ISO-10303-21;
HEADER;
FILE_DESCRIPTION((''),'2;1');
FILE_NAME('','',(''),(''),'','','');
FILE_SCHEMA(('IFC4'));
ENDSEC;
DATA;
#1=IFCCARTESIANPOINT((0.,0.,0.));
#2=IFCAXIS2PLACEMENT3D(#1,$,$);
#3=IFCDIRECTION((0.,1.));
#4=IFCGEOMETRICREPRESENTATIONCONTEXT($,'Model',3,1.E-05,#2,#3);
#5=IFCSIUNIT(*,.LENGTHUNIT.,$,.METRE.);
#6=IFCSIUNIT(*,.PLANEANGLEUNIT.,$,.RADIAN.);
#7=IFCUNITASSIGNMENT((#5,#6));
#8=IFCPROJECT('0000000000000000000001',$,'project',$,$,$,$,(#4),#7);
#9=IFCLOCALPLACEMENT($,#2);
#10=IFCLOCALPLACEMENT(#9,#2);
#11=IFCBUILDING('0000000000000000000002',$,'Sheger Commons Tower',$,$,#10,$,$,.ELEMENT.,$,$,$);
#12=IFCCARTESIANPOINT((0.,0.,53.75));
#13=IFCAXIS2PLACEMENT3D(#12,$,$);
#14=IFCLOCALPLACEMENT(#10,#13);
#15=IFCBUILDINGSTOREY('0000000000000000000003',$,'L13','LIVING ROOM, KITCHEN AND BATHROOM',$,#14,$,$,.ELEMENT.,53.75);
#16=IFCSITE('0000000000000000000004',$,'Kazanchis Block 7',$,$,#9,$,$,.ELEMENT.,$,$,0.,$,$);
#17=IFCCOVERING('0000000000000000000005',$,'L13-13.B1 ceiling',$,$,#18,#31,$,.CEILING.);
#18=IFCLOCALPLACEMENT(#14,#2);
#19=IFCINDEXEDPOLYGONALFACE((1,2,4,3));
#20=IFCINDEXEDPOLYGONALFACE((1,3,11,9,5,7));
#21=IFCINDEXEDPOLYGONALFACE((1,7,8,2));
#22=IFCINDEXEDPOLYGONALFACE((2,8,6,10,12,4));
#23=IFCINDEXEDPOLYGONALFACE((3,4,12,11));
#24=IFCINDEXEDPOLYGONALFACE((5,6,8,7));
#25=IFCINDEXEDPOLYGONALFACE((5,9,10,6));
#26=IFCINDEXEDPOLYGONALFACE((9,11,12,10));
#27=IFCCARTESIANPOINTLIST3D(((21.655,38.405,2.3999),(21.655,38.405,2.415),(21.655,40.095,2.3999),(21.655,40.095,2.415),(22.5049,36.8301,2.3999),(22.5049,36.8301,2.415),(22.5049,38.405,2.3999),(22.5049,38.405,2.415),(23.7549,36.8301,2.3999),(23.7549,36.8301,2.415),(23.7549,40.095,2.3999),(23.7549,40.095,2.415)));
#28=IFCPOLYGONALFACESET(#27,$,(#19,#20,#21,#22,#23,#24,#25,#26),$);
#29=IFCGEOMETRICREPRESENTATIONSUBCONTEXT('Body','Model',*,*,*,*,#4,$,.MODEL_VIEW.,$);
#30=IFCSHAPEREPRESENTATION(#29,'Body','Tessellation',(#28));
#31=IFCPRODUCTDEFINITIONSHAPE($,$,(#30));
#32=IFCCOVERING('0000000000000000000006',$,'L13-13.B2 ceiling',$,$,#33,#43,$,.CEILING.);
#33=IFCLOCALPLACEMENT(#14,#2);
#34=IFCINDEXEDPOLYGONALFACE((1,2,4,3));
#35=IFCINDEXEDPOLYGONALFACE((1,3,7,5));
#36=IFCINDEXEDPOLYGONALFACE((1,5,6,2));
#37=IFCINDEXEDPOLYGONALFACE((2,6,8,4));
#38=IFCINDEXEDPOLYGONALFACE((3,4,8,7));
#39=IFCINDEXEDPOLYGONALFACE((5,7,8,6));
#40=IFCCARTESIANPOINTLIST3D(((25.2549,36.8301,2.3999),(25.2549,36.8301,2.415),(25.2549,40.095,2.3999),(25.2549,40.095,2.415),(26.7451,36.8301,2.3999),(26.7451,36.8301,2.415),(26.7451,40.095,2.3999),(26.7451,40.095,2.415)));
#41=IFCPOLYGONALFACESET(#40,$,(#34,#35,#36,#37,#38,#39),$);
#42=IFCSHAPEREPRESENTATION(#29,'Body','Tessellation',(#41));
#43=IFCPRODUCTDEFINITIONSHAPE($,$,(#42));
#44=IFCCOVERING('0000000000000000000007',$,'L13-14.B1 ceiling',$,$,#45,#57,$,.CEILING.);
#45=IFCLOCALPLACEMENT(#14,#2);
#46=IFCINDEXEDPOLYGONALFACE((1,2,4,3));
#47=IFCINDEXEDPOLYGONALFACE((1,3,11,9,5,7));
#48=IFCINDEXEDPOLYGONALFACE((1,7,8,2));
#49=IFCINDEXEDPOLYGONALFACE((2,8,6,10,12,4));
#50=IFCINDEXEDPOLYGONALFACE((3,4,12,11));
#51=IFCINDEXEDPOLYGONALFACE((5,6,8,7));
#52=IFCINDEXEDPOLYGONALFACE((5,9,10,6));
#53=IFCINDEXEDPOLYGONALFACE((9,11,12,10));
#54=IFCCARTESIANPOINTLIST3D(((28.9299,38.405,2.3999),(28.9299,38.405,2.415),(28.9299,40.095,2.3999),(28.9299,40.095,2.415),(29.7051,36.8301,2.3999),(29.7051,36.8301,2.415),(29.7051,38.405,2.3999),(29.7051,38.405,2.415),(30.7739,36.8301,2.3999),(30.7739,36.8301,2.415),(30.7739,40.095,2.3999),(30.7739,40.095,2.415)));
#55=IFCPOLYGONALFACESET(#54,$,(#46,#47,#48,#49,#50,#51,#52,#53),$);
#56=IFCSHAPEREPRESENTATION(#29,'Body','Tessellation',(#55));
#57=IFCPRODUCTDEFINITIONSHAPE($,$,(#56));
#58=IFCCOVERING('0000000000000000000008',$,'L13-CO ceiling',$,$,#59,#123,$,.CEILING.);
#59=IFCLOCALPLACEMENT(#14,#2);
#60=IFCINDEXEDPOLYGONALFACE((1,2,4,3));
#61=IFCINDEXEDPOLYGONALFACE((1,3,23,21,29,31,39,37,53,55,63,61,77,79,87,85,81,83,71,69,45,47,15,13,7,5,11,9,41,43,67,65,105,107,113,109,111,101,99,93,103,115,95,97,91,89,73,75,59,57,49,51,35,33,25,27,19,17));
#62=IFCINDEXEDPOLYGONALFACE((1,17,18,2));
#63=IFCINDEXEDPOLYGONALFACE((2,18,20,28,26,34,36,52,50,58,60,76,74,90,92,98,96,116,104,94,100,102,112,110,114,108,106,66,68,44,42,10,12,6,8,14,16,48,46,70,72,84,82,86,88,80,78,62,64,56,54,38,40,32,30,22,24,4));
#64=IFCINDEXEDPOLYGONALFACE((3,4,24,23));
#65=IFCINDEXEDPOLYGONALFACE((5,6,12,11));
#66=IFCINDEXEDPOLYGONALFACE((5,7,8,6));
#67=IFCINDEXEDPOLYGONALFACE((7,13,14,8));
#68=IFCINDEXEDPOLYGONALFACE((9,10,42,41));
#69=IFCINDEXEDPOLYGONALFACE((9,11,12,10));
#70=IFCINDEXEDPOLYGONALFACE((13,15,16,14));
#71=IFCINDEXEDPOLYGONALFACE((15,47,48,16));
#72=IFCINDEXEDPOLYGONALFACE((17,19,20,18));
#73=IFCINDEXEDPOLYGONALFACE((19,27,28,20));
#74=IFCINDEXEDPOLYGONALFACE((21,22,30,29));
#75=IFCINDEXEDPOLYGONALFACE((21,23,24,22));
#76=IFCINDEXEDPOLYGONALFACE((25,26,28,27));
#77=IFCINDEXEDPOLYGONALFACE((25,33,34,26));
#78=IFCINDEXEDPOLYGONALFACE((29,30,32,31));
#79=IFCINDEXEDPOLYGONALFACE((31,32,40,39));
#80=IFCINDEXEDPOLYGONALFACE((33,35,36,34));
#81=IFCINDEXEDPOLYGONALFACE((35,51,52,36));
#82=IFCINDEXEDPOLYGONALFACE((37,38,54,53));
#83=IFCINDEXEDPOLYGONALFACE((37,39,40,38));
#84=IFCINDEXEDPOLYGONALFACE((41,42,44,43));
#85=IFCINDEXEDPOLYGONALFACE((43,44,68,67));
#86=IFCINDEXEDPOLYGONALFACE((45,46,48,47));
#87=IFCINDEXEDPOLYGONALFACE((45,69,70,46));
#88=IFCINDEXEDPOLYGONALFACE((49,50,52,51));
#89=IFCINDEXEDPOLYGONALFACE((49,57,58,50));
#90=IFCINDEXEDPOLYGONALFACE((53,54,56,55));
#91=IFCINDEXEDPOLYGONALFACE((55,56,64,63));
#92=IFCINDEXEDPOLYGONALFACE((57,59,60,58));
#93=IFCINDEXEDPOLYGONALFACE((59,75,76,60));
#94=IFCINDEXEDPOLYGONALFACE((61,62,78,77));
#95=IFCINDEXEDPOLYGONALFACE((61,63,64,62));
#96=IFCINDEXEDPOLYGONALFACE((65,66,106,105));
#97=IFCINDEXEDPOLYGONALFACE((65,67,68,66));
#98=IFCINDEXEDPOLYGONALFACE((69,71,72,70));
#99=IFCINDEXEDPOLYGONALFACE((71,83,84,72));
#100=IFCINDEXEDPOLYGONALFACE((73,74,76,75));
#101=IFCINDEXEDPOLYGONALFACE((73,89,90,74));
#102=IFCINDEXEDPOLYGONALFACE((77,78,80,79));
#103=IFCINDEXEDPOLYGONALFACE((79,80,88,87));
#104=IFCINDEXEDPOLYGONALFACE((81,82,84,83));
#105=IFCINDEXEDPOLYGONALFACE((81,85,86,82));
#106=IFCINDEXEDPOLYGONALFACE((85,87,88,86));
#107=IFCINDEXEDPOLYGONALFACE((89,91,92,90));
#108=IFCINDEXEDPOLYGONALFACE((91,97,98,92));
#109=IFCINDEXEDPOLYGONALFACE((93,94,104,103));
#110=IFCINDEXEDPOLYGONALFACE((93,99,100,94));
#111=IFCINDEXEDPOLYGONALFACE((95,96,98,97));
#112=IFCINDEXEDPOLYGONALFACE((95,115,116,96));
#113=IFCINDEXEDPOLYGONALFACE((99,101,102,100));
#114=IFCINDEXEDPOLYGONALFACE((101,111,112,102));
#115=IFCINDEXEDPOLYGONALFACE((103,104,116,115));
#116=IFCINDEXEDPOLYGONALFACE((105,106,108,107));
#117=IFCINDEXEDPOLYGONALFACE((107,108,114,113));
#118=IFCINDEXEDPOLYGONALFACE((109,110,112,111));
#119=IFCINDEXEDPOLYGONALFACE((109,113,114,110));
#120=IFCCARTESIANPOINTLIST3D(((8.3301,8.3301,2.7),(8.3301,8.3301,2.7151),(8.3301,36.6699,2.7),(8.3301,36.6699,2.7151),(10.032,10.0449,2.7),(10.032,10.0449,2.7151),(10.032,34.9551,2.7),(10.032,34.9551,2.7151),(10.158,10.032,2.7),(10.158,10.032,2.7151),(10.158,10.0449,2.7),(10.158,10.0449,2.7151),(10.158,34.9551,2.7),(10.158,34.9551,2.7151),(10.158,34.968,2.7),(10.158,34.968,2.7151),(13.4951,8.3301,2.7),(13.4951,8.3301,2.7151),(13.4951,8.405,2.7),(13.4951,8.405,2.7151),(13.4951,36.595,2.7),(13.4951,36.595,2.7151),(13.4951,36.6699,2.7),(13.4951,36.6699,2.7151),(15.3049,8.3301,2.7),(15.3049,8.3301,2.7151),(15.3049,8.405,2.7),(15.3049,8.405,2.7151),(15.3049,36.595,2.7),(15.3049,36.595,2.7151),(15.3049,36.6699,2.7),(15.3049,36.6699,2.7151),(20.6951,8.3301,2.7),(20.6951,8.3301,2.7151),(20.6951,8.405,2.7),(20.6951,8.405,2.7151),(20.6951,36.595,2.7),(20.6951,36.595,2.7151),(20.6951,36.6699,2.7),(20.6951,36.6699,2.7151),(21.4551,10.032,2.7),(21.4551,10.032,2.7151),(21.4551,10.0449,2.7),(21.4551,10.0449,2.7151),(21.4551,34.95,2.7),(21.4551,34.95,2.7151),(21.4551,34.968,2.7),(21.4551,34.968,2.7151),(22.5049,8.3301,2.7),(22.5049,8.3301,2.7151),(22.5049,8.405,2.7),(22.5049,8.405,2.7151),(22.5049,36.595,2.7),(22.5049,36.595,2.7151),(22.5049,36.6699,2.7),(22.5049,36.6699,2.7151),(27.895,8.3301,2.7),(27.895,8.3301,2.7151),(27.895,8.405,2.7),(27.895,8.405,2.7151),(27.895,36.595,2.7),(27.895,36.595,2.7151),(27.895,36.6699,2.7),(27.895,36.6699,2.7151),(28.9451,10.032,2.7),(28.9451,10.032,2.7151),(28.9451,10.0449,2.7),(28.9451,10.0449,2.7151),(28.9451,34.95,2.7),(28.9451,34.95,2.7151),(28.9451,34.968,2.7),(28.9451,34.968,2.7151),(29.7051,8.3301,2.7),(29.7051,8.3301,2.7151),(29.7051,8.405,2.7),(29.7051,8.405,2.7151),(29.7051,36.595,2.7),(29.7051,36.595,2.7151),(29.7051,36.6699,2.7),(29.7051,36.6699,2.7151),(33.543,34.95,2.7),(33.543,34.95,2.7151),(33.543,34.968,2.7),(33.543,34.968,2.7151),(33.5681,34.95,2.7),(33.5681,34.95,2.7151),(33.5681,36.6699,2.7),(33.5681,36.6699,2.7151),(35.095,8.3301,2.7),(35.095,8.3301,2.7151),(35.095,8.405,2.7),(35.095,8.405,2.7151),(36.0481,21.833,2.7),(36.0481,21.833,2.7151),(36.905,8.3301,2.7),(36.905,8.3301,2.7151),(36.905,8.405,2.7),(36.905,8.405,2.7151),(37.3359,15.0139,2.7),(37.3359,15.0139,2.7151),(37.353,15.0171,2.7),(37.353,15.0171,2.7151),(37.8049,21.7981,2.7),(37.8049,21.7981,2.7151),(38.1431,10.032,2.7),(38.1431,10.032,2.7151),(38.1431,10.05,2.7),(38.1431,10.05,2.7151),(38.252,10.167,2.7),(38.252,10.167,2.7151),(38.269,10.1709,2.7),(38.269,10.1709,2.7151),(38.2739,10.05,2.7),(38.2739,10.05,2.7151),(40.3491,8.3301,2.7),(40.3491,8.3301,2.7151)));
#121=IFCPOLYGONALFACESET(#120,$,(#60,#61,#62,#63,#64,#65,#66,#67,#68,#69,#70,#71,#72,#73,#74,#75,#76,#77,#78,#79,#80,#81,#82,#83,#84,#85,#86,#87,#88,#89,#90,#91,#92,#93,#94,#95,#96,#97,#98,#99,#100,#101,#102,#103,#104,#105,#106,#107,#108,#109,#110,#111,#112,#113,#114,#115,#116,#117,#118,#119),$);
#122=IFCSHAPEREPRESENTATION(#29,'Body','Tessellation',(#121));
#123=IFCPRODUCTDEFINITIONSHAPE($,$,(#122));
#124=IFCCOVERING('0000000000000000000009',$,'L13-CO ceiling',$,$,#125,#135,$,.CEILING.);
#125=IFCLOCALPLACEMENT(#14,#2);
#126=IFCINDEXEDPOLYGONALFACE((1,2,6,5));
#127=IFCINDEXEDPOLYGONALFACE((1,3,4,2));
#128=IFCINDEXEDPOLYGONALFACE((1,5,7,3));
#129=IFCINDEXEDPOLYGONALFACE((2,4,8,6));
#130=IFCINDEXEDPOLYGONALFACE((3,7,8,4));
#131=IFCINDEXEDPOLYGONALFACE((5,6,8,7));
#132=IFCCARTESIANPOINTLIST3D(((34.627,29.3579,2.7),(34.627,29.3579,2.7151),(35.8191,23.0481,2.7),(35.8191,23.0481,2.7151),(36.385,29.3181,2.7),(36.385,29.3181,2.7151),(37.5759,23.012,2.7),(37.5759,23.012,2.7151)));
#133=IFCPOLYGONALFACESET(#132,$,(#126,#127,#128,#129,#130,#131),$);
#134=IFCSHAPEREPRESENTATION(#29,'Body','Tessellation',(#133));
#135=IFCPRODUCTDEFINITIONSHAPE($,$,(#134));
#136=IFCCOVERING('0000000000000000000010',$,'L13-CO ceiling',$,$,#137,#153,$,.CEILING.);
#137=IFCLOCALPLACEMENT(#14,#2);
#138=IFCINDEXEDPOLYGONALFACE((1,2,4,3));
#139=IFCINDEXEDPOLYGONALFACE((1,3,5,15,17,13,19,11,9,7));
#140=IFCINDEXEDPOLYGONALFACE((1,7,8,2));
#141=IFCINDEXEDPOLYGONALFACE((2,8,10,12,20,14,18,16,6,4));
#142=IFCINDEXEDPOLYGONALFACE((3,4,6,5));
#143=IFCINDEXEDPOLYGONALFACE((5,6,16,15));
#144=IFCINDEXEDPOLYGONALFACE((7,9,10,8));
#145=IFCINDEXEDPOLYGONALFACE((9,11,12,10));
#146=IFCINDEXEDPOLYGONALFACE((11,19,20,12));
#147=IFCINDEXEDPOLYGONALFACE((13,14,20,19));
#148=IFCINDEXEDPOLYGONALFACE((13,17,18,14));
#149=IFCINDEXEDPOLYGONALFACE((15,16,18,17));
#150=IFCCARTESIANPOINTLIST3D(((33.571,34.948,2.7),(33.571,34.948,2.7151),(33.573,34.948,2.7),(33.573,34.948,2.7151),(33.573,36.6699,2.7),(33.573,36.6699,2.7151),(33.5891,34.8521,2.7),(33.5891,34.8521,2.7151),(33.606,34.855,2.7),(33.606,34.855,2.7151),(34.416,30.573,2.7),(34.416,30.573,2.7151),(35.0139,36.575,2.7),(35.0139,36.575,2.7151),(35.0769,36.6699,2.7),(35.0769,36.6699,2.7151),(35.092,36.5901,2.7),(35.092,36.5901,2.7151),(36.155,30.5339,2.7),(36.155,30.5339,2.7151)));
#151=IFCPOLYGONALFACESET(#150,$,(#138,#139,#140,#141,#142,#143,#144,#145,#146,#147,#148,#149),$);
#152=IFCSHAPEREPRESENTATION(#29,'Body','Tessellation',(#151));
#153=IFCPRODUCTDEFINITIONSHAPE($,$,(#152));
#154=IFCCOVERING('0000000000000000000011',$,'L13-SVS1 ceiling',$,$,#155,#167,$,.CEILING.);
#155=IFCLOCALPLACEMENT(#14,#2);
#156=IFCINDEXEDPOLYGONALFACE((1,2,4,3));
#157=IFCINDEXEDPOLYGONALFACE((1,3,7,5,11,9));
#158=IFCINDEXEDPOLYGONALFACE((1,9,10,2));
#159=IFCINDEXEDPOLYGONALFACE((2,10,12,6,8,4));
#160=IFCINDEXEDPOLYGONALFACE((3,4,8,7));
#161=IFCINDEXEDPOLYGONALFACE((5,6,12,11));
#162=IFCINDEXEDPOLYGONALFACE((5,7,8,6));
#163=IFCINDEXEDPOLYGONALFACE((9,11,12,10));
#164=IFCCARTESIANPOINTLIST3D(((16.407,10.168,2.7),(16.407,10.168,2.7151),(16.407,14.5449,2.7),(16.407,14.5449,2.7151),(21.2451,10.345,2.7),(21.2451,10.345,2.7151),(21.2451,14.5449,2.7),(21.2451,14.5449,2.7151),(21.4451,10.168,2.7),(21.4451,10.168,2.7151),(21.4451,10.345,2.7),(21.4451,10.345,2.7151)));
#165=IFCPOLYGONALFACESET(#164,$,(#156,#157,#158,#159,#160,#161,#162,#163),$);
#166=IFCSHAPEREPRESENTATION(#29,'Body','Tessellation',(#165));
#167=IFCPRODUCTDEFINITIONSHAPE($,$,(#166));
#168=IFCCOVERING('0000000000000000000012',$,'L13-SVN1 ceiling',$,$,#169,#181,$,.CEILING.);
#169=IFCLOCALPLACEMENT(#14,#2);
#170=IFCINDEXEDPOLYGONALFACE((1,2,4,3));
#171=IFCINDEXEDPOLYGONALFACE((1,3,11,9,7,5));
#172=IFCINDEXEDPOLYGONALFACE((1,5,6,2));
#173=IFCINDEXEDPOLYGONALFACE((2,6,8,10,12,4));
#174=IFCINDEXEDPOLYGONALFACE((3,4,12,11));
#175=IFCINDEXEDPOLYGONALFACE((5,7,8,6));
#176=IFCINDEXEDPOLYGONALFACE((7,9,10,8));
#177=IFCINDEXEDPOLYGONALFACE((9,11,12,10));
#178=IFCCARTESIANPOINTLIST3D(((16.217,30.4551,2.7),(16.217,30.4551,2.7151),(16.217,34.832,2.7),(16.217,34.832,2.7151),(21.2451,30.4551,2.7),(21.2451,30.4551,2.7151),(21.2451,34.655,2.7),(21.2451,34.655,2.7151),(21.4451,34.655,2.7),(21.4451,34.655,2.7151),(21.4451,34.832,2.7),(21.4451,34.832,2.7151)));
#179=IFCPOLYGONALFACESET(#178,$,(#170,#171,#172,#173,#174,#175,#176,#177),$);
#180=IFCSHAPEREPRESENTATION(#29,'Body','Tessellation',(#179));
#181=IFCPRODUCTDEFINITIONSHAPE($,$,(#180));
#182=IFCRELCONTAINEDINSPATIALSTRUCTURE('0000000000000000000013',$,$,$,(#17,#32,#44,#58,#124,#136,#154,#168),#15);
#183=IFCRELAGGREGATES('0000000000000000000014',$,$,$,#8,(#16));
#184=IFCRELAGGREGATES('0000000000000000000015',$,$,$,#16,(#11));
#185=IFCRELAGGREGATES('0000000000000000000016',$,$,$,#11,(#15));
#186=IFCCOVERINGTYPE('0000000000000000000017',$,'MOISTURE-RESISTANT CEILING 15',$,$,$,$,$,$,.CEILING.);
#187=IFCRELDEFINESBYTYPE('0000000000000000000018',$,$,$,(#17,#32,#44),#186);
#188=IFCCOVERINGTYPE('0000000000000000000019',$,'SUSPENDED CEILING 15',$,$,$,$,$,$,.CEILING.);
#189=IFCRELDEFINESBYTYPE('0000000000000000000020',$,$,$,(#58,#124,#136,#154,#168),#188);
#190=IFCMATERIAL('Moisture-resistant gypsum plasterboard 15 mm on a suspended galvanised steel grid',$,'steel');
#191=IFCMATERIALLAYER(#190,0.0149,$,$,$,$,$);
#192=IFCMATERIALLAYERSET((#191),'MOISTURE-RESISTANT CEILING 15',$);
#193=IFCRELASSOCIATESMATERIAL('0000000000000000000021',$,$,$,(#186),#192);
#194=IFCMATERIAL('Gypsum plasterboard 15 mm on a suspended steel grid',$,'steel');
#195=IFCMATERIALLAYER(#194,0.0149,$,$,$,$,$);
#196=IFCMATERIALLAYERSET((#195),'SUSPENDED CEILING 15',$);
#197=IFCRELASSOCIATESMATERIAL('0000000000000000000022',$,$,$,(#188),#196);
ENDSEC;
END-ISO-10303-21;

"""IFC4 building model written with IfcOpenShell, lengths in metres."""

from ifc_helpers import new_model, si_unit, direction, frame, origin, place, context, subcontext, project, spatial, polyline, outline, extrude, material, layer, layer_set, type_object, element, save


model = new_model("IFC4")

# Units and contexts
model_context = context("Model", 3, precision=1e-05, world=origin(), true_north=direction((0.0, 1.0)))
body_context = subcontext(model_context, "Body", "Model", "MODEL_VIEW")
ifc_project = project(units=[si_unit("LENGTHUNIT", "METRE"), si_unit("PLANEANGLEUNIT", "RADIAN")], contexts=[model_context])

# Site, building, storey
site_placement = place(None, origin())
site = spatial("IfcSite", under=ifc_project, at=site_placement, Name="Kazanchis Block 7", CompositionType="ELEMENT", RefElevation=0.0)
building_placement = place(site_placement, origin())
building = spatial("IfcBuilding", under=site, at=building_placement, Name="Sheger Commons Tower", CompositionType="ELEMENT")
storey_placement = place(building_placement, frame((0.0, 0.0, 53.75)))
storey = spatial("IfcBuildingStorey", under=building, at=storey_placement, Name="L13", Description="LIVING ROOM, KITCHEN AND BATHROOM", CompositionType="ELEMENT", Elevation=53.75)

# Coverings
ifc_material_1 = material(Name="Moisture-resistant gypsum plasterboard 15 mm on a suspended galvanised steel grid", Category="steel")
ifc_layer_1 = layer(ifc_material_1, 0.0149)
ifc_layer_set_1 = layer_set([ifc_layer_1], Name="MOISTURE-RESISTANT CEILING 15")
covering_type_1 = type_object("IfcCoveringType", Name="MOISTURE-RESISTANT CEILING 15", PredefinedType="CEILING", material=ifc_layer_set_1)
covering_1_placement = place(storey_placement, frame((0.0, 0.0, 2.3999)))
element("IfcCovering", 1, at=covering_1_placement, inside=storey, type_object=covering_type_1, Name="L13-13.B1 ceiling", PredefinedType="CEILING", context=body_context, shape_type="SweptSolid", body=[
    extrude(outline(polyline([(22.5049, 36.8301), (23.7549, 36.8301), (23.7549, 40.095), (21.655, 40.095), (21.655, 38.405), (22.5049, 38.405), (22.5049, 36.8301)])), origin(), (0.0, 0.0, 1.0), 0.0151),
])
covering_2_placement = place(storey_placement, frame((0.0, 0.0, 2.3999)))
element("IfcCovering", 2, at=covering_2_placement, inside=storey, type_object=covering_type_1, Name="L13-13.B2 ceiling", PredefinedType="CEILING", context=body_context, shape_type="SweptSolid", body=[
    extrude(outline(polyline([(25.2549, 36.8301), (26.7451, 36.8301), (26.7451, 40.095), (25.2549, 40.095), (25.2549, 36.8301)])), origin(), (0.0, 0.0, 1.0), 0.0151),
])
covering_3_placement = place(storey_placement, frame((0.0, 0.0, 2.3999)))
element("IfcCovering", 3, at=covering_3_placement, inside=storey, type_object=covering_type_1, Name="L13-14.B1 ceiling", PredefinedType="CEILING", context=body_context, shape_type="SweptSolid", body=[
    extrude(outline(polyline([(29.7051, 36.8301), (30.7739, 36.8301), (30.7739, 40.095), (28.9299, 40.095), (28.9299, 38.405), (29.7051, 38.405), (29.7051, 36.8301)])), origin(), (0.0, 0.0, 1.0), 0.0151),
])
ifc_material_2 = material(Name="Gypsum plasterboard 15 mm on a suspended steel grid", Category="steel")
ifc_layer_2 = layer(ifc_material_2, 0.0149)
ifc_layer_set_2 = layer_set([ifc_layer_2], Name="SUSPENDED CEILING 15")
covering_type_2 = type_object("IfcCoveringType", Name="SUSPENDED CEILING 15", PredefinedType="CEILING", material=ifc_layer_set_2)
covering_4_placement = place(storey_placement, frame((0.0, 0.0, 2.7)))
element("IfcCovering", 4, at=covering_4_placement, inside=storey, type_object=covering_type_2, Name="L13-CO ceiling", PredefinedType="CEILING", context=body_context, shape_type="SweptSolid", body=[
    extrude(outline(polyline([(8.3301, 8.3301), (13.4951, 8.3301), (13.4951, 8.405), (15.3049, 8.405), (15.3049, 8.3301), (20.6951, 8.3301), (20.6951, 8.405), (22.5049, 8.405), (22.5049, 8.3301), (27.895, 8.3301), (27.895, 8.405), (29.7051, 8.405), (29.7051, 8.3301), (35.095, 8.3301), (35.095, 8.405), (36.905, 8.405), (36.905, 8.3301), (40.3491, 8.3301), (37.8049, 21.7981), (36.0481, 21.833), (37.3359, 15.0139), (37.353, 15.0171), (38.269, 10.1709), (38.252, 10.167), (38.2739, 10.05), (38.1431, 10.05), (38.1431, 10.032), (28.9451, 10.032), (28.9451, 10.0449), (21.4551, 10.0449), (21.4551, 10.032), (10.158, 10.032), (10.158, 10.0449), (10.032, 10.0449), (10.032, 34.9551), (10.158, 34.9551), (10.158, 34.968), (21.4551, 34.968), (21.4551, 34.95), (28.9451, 34.95), (28.9451, 34.968), (33.543, 34.968), (33.543, 34.95), (33.5681, 34.95), (33.5681, 36.6699), (29.7051, 36.6699), (29.7051, 36.595), (27.895, 36.595), (27.895, 36.6699), (22.5049, 36.6699), (22.5049, 36.595), (20.6951, 36.595), (20.6951, 36.6699), (15.3049, 36.6699), (15.3049, 36.595), (13.4951, 36.595), (13.4951, 36.6699), (8.3301, 36.6699), (8.3301, 8.3301)])), origin(), (0.0, 0.0, 1.0), 0.0151),
])
covering_5_placement = place(storey_placement, frame((0.0, 0.0, 2.7)))
element("IfcCovering", 5, at=covering_5_placement, inside=storey, type_object=covering_type_2, Name="L13-CO ceiling", PredefinedType="CEILING", context=body_context, shape_type="SweptSolid", body=[
    extrude(outline(polyline([(37.5759, 23.012), (36.385, 29.3181), (34.627, 29.3579), (35.8191, 23.0481), (37.5759, 23.012)])), origin(), (0.0, 0.0, 1.0), 0.0151),
])
covering_6_placement = place(storey_placement, frame((0.0, 0.0, 2.7)))
element("IfcCovering", 6, at=covering_6_placement, inside=storey, type_object=covering_type_2, Name="L13-CO ceiling", PredefinedType="CEILING", context=body_context, shape_type="SweptSolid", body=[
    extrude(outline(polyline([(36.155, 30.5339), (35.0139, 36.575), (35.092, 36.5901), (35.0769, 36.6699), (33.573, 36.6699), (33.573, 34.948), (33.571, 34.948), (33.5891, 34.8521), (33.606, 34.855), (34.416, 30.573), (36.155, 30.5339)])), origin(), (0.0, 0.0, 1.0), 0.0151),
])
covering_7_placement = place(storey_placement, frame((0.0, 0.0, 2.7)))
element("IfcCovering", 7, at=covering_7_placement, inside=storey, type_object=covering_type_2, Name="L13-SVS1 ceiling", PredefinedType="CEILING", context=body_context, shape_type="SweptSolid", body=[
    extrude(outline(polyline([(16.407, 10.168), (21.4451, 10.168), (21.4451, 10.345), (21.2451, 10.345), (21.2451, 14.5449), (16.407, 14.5449), (16.407, 10.168)])), origin(), (0.0, 0.0, 1.0), 0.0151),
])
covering_8_placement = place(storey_placement, frame((0.0, 0.0, 2.7)))
element("IfcCovering", 8, at=covering_8_placement, inside=storey, type_object=covering_type_2, Name="L13-SVN1 ceiling", PredefinedType="CEILING", context=body_context, shape_type="SweptSolid", body=[
    extrude(outline(polyline([(16.217, 30.4551), (21.2451, 30.4551), (21.2451, 34.655), (21.4451, 34.655), (21.4451, 34.832), (16.217, 34.832), (16.217, 30.4551)])), origin(), (0.0, 0.0, 1.0), 0.0151),
])

save(model, "model.ifc")
